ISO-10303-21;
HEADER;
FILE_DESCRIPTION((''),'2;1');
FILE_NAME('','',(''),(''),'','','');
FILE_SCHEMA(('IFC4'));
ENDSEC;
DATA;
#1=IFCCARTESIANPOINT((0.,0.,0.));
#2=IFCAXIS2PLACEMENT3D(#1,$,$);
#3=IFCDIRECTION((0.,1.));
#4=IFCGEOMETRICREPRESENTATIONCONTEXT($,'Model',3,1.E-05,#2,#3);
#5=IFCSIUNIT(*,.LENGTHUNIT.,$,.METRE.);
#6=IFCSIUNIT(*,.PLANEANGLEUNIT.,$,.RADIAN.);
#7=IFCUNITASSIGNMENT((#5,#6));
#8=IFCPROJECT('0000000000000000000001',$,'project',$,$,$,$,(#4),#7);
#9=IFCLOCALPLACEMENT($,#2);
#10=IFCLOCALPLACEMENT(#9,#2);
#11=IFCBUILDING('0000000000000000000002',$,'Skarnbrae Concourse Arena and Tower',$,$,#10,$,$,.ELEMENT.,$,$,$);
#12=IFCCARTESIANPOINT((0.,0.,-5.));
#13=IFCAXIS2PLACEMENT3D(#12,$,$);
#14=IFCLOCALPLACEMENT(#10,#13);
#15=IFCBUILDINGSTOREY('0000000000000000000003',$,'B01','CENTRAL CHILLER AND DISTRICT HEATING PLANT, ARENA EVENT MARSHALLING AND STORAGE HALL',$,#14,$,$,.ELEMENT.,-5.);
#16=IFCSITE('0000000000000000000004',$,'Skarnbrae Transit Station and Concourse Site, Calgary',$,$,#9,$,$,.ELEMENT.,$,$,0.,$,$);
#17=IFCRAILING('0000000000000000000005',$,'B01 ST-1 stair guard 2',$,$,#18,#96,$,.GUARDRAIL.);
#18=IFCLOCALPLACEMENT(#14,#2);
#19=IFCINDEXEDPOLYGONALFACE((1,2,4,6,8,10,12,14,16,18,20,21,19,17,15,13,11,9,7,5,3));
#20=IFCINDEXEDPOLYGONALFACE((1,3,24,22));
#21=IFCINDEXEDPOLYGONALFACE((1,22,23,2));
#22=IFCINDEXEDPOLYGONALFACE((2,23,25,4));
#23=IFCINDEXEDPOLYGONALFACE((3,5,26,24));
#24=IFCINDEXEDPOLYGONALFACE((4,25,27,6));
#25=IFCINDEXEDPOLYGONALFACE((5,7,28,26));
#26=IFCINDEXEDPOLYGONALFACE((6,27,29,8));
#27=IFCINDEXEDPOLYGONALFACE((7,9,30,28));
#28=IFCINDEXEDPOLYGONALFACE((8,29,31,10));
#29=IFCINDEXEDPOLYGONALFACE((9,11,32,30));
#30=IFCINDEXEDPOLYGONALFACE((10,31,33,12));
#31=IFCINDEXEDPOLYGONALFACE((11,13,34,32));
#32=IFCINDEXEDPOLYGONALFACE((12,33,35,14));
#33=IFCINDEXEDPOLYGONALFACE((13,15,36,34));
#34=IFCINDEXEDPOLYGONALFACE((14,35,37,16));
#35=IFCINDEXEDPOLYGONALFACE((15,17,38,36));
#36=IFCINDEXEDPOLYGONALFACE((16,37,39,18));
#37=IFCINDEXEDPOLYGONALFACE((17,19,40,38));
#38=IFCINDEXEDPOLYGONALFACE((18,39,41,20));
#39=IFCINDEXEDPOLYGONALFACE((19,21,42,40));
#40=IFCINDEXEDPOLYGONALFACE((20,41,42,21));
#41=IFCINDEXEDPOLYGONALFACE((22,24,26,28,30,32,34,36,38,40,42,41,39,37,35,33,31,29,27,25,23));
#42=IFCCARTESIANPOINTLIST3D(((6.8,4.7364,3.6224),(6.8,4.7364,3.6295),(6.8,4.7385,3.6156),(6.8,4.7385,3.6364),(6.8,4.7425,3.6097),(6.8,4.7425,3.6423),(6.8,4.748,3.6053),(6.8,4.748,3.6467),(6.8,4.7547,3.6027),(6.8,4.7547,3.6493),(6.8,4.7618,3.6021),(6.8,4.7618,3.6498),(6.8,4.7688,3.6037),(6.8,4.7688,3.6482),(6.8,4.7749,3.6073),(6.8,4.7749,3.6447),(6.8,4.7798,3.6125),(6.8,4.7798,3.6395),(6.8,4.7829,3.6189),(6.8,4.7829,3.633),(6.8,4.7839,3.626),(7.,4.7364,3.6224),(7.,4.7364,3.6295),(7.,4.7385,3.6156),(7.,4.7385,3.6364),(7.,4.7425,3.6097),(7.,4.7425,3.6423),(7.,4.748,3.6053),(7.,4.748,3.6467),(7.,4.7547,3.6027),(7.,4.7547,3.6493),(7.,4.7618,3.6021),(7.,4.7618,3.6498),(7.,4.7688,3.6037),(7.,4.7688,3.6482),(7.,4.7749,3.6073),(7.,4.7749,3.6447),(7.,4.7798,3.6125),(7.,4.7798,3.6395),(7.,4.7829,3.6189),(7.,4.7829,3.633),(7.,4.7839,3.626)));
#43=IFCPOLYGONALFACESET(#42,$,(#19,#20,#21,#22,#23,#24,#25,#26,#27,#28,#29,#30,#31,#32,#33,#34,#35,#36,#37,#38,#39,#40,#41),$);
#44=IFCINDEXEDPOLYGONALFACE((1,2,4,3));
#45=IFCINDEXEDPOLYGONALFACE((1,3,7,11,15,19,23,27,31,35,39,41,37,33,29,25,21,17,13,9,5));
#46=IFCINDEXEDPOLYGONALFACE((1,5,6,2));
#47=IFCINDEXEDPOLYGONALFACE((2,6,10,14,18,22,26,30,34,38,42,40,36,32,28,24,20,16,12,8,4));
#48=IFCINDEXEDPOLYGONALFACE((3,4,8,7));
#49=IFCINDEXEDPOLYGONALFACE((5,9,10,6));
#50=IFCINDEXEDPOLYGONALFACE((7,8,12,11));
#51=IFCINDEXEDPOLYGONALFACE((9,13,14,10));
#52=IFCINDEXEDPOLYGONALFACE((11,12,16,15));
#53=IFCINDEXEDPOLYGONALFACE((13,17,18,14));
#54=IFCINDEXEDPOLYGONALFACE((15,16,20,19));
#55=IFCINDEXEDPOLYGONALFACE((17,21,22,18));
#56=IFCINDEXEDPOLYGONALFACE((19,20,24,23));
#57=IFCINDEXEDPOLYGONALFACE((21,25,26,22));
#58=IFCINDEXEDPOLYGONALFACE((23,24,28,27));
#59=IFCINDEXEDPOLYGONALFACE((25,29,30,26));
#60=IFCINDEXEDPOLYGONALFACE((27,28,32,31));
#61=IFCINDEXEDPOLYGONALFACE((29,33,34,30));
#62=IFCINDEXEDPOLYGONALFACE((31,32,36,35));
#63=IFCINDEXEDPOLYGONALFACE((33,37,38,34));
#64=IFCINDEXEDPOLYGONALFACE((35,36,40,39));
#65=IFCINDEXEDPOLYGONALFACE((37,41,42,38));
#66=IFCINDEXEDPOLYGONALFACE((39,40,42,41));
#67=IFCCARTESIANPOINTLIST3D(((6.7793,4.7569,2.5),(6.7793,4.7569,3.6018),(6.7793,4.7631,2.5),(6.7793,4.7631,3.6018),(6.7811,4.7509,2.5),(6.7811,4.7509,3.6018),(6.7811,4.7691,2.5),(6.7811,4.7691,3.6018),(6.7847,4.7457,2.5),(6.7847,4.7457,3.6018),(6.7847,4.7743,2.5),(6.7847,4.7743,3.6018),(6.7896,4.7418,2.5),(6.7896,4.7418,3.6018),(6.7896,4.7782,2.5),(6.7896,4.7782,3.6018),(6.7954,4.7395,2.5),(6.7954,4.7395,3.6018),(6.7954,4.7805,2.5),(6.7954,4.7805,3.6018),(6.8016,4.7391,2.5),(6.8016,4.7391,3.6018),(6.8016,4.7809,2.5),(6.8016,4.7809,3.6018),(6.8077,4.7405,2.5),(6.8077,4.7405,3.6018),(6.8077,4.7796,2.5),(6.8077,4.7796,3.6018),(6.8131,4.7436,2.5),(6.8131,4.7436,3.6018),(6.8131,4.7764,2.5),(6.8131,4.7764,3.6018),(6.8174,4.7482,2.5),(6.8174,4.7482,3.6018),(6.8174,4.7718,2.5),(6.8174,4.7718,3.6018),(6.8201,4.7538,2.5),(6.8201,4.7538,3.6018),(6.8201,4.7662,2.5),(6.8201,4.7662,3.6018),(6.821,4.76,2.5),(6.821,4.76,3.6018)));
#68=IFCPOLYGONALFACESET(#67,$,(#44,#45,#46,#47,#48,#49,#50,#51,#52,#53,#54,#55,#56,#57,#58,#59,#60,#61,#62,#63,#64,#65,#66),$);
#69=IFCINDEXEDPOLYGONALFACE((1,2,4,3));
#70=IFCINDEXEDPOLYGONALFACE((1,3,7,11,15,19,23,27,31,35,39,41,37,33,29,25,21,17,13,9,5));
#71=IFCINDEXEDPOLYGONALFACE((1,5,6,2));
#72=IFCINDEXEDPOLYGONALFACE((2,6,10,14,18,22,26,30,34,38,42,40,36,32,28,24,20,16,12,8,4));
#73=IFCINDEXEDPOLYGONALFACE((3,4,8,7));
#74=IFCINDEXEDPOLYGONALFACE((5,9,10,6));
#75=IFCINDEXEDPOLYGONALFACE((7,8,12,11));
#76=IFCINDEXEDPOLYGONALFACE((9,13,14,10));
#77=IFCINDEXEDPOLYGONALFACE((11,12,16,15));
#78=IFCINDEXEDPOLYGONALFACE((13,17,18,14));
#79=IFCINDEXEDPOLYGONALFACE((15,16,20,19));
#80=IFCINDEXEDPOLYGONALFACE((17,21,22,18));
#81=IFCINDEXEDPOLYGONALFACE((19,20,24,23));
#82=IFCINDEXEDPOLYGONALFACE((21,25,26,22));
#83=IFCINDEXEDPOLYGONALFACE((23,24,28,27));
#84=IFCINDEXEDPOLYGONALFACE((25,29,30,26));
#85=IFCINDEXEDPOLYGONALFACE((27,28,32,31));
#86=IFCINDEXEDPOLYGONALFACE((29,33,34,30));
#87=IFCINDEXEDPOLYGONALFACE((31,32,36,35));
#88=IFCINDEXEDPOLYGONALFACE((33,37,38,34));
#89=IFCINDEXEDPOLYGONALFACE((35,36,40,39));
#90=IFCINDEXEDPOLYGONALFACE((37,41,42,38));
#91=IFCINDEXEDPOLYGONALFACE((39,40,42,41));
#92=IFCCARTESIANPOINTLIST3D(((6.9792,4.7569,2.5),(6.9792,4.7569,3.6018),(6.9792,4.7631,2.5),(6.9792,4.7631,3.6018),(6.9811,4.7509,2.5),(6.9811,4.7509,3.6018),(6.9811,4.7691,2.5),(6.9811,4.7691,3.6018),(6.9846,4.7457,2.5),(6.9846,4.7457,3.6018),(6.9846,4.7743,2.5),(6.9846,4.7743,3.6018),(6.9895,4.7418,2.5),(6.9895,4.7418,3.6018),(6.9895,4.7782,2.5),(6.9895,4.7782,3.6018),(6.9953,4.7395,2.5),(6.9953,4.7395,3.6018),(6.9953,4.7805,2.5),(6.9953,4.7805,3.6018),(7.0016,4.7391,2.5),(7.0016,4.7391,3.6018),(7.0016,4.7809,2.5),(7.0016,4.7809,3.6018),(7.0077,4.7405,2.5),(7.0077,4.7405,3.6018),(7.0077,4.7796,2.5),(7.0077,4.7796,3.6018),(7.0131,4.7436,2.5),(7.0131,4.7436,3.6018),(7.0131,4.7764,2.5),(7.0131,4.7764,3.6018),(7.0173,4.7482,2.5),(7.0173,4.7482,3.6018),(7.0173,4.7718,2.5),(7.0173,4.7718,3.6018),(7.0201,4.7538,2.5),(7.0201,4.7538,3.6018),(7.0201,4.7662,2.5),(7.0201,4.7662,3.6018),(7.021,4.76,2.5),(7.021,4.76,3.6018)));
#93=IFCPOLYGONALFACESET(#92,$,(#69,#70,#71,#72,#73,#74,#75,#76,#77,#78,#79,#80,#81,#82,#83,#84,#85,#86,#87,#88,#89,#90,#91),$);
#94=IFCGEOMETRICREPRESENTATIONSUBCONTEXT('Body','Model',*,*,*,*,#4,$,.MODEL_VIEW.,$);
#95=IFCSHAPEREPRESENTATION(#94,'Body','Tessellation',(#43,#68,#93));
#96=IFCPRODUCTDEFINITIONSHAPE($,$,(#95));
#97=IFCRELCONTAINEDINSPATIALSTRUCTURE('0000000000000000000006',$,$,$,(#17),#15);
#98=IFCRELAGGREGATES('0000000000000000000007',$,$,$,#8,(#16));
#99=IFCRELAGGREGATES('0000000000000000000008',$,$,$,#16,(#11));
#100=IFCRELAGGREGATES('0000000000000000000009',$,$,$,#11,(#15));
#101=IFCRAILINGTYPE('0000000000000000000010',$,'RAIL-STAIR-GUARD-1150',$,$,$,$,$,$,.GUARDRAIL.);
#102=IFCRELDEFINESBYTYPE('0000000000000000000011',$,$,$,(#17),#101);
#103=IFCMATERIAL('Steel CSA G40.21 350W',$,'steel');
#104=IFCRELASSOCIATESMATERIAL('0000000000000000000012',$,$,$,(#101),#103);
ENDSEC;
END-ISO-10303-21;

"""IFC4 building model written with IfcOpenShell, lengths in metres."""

from ifc_helpers import new_model, si_unit, direction, frame, origin, origin_2d, place, context, subcontext, project, spatial, circle, extrude, material, type_object, element, save


model = new_model("IFC4")

# Units and contexts
model_context = context("Model", 3, precision=1e-05, world=origin(), true_north=direction((0.0, 1.0)))
body_context = subcontext(model_context, "Body", "Model", "MODEL_VIEW")
ifc_project = project(units=[si_unit("LENGTHUNIT", "METRE"), si_unit("PLANEANGLEUNIT", "RADIAN")], contexts=[model_context])

# Site, building, storey
site_placement = place(None, origin())
site = spatial("IfcSite", under=ifc_project, at=site_placement, Name="Skarnbrae Transit Station and Concourse Site, Calgary", CompositionType="ELEMENT", RefElevation=0.0)
building_placement = place(site_placement, origin())
building = spatial("IfcBuilding", under=site, at=building_placement, Name="Skarnbrae Concourse Arena and Tower", CompositionType="ELEMENT")
storey_placement = place(building_placement, frame((0.0, 0.0, -5.0)))
storey = spatial("IfcBuildingStorey", under=building, at=storey_placement, Name="B01", Description="CENTRAL CHILLER AND DISTRICT HEATING PLANT, ARENA EVENT MARSHALLING AND STORAGE HALL", CompositionType="ELEMENT", Elevation=-5.0)

# Railing
ifc_material_1 = material(Name="Steel CSA G40.21 350W", Category="steel")
railing_type = type_object("IfcRailingType", Name="RAIL-STAIR-GUARD-1150", PredefinedType="GUARDRAIL", material=ifc_material_1)
railing_1_placement = place(storey_placement, frame((6.8, 4.76, 2.5)))
element("IfcRailing", 1, at=railing_1_placement, inside=storey, type_object=railing_type, Name="B01 ST-1 stair guard 2", PredefinedType="GUARDRAIL", context=body_context, shape_type="SweptSolid", body=[
    extrude(circle(Radius=0.0239, at=origin_2d()), frame((0.0, 0.0, 1.126), z_axis=(1.0, 0.0, 0.0), x_axis=(0.0, 1.0, 0.0)), (0.0, 0.0, 1.0), 0.2),
    extrude(circle(Radius=0.021, at=origin_2d()), origin(), (0.0, 0.0, 1.0), 1.1018),
    extrude(circle(Radius=0.021, at=origin_2d()), frame((0.2, 0.0, 0.0)), (0.0, 0.0, 1.0), 1.1018),
])

save(model, "model.ifc")
